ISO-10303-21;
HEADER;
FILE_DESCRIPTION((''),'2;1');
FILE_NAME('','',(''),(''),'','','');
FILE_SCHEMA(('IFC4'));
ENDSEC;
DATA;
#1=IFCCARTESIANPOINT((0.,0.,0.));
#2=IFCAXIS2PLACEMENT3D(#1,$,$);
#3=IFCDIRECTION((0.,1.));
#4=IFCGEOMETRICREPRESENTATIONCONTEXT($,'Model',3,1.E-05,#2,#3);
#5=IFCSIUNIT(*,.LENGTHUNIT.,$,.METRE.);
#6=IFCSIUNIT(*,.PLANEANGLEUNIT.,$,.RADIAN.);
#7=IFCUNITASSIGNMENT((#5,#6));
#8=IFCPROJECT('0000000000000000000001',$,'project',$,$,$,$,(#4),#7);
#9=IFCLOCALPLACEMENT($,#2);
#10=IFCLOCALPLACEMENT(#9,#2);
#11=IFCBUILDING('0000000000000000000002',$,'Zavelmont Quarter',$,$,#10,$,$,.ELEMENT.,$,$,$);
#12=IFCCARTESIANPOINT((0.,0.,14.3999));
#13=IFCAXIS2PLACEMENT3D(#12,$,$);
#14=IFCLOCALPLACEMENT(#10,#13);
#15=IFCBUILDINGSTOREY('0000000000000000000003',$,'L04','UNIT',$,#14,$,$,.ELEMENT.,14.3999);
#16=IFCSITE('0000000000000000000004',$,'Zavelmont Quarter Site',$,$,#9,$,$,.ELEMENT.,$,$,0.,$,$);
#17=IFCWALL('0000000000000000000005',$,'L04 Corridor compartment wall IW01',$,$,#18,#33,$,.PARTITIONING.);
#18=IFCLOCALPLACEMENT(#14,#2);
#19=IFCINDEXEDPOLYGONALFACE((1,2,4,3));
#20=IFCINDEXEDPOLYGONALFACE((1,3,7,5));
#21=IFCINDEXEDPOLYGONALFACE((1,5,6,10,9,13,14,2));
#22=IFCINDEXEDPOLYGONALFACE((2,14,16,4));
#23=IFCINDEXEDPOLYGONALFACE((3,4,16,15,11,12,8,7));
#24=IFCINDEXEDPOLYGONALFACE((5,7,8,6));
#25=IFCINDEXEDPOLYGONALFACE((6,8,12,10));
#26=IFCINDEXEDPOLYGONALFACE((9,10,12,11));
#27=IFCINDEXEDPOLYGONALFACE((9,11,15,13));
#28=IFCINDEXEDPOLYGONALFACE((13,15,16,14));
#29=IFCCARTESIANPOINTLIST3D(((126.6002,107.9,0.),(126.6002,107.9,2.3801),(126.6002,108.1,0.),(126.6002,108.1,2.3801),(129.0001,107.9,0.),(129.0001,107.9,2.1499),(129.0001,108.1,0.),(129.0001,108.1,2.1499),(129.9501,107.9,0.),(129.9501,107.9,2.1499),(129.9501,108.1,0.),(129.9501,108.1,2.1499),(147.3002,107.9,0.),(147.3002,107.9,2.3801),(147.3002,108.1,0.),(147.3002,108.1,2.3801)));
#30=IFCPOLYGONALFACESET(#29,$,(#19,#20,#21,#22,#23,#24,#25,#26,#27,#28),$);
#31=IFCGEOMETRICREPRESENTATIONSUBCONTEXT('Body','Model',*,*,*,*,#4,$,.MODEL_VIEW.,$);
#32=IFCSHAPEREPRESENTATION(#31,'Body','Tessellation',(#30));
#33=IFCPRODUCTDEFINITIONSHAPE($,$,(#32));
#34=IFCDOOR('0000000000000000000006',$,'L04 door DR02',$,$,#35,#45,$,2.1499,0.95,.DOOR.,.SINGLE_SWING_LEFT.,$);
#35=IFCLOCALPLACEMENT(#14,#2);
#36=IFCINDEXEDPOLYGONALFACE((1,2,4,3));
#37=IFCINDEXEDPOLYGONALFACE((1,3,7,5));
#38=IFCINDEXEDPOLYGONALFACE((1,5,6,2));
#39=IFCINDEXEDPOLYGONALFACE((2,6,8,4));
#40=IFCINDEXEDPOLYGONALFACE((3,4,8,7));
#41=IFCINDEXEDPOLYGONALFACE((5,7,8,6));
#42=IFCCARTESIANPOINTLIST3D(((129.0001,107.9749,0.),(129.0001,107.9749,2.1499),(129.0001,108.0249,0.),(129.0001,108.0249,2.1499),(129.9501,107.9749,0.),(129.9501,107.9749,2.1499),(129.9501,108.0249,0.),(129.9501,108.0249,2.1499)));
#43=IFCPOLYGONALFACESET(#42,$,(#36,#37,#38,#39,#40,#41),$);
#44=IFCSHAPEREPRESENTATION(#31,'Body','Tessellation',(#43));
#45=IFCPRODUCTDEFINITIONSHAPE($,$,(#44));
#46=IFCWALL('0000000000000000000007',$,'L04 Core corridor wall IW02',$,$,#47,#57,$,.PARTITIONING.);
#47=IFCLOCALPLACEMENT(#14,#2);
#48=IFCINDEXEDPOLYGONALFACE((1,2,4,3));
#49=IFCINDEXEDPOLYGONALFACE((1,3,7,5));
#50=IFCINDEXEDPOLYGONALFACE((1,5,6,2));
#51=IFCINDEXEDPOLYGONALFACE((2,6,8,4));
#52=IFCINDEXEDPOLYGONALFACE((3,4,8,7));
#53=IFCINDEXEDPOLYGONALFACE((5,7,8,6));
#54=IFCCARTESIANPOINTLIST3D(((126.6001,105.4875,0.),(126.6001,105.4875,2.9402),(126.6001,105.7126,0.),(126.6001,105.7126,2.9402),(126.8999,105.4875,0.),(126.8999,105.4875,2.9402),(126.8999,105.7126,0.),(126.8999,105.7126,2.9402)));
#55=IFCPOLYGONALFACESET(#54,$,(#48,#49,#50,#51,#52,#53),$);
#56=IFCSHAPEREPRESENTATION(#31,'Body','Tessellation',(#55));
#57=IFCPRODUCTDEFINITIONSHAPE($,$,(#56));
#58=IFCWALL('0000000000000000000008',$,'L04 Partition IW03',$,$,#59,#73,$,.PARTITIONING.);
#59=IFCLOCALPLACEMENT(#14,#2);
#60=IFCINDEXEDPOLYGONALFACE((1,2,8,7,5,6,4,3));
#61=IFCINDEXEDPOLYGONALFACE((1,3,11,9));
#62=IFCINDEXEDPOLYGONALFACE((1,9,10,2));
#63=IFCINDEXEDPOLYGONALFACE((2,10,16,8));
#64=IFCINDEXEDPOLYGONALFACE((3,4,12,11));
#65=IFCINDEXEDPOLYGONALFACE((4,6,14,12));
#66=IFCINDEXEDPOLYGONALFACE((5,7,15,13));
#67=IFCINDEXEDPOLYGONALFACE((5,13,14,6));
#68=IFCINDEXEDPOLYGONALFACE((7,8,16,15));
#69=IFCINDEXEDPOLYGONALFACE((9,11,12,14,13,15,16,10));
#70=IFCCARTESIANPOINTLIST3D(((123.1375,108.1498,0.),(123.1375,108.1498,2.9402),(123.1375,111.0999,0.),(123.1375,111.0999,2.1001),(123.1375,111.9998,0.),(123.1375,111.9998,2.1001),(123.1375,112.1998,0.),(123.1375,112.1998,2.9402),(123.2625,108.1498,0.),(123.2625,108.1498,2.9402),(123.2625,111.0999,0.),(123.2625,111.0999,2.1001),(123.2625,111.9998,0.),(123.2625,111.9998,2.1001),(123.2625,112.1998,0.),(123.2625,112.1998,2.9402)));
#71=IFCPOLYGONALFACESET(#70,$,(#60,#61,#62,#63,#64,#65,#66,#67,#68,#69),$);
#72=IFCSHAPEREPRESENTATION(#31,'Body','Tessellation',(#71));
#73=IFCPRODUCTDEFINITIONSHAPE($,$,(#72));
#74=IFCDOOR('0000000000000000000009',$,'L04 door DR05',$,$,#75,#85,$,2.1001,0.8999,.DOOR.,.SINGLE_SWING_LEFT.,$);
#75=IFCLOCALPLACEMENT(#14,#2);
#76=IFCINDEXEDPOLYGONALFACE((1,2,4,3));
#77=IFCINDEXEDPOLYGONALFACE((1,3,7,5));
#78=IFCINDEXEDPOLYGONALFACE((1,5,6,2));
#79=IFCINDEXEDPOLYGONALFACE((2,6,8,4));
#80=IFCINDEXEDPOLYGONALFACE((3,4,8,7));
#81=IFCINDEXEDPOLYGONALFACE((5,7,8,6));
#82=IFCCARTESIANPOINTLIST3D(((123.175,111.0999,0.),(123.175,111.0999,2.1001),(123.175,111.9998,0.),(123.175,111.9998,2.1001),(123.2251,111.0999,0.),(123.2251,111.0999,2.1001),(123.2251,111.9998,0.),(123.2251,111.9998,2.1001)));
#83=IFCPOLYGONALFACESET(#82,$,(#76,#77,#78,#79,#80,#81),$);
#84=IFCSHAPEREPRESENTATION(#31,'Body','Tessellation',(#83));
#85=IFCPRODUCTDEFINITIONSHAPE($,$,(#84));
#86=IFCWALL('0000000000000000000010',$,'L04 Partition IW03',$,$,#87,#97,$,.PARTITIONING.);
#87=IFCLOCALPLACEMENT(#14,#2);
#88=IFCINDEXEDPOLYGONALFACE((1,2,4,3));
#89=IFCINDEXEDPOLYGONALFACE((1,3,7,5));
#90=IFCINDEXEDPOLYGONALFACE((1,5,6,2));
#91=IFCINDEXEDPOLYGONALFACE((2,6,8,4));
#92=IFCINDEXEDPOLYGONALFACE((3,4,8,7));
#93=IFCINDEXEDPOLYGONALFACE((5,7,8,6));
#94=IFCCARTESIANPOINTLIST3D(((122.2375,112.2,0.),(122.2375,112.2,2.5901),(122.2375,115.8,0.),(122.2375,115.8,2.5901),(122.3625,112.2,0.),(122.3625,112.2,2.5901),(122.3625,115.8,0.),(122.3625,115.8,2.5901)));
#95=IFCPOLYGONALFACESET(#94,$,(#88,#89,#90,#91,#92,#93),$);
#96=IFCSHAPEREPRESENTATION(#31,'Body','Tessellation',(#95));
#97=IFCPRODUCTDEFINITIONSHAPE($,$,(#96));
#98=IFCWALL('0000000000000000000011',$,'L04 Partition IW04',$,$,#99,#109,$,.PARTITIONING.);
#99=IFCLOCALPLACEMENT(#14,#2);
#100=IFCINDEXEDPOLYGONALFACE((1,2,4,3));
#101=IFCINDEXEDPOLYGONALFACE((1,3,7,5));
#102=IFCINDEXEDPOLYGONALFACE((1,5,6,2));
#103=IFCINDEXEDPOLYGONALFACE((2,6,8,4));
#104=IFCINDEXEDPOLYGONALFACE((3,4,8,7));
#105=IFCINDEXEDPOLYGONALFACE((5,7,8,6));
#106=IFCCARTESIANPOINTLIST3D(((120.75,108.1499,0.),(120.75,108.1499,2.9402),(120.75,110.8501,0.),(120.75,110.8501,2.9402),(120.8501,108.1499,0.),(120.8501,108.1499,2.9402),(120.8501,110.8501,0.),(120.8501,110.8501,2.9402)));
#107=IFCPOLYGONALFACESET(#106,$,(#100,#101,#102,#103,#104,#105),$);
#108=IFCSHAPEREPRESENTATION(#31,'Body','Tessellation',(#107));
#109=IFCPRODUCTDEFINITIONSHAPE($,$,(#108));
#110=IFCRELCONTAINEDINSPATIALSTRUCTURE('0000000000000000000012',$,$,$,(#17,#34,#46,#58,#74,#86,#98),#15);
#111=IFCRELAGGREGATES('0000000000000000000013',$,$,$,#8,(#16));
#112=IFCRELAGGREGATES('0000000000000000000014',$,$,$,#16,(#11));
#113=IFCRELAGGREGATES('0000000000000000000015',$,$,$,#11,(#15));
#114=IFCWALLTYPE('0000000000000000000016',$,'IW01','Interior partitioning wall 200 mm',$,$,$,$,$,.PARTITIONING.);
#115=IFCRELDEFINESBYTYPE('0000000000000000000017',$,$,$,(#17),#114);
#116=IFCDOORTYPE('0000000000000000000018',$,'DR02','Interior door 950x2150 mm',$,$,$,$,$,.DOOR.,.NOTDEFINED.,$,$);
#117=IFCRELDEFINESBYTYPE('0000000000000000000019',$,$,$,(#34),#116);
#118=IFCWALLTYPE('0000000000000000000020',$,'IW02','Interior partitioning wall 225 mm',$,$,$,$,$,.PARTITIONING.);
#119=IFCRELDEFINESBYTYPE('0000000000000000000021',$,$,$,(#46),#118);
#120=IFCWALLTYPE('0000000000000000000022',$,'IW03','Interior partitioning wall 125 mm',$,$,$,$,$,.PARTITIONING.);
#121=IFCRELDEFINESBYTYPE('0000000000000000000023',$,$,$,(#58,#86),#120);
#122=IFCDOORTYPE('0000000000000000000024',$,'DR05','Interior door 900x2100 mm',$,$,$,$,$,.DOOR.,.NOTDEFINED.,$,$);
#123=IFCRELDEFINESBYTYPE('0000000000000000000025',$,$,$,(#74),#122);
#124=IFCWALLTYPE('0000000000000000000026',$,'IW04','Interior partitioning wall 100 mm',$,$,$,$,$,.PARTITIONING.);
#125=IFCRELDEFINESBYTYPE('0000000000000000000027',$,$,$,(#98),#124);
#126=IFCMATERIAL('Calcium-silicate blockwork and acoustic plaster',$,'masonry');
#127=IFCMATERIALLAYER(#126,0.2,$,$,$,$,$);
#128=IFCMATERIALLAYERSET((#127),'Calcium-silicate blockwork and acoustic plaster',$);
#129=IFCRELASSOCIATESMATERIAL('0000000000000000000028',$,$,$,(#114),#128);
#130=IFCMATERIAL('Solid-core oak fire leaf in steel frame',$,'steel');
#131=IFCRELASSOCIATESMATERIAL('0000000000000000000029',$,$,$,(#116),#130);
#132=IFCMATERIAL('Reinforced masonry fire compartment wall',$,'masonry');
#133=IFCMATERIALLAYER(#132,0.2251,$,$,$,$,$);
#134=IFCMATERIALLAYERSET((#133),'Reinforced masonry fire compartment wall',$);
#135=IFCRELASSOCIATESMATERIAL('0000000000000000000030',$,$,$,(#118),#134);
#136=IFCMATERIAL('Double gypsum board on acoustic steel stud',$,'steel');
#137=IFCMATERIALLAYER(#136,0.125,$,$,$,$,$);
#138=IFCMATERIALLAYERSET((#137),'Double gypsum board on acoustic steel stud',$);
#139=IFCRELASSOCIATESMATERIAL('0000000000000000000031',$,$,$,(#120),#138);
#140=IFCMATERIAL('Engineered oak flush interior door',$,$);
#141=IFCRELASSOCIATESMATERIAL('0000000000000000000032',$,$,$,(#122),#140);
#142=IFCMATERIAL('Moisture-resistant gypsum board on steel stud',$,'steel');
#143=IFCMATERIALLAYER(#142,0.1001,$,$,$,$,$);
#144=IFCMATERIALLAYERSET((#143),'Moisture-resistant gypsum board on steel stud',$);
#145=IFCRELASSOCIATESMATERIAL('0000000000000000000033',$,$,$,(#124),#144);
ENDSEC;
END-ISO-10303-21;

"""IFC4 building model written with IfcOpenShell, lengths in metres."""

from ifc_helpers import new_model, si_unit, direction, frame, frame_2d, origin, origin_with_axes, place, context, subcontext, project, spatial, rectangle, extrude, material, layer, layer_set, type_object, element, fill, save


model = new_model("IFC4")

# Units and contexts
model_context = context("Model", 3, precision=1e-05, world=origin(), true_north=direction((0.0, 1.0)))
body_context = subcontext(model_context, "Body", "Model", "MODEL_VIEW")
ifc_project = project(units=[si_unit("LENGTHUNIT", "METRE"), si_unit("PLANEANGLEUNIT", "RADIAN")], contexts=[model_context])

# Site, building, storey
site_placement = place(None, origin())
site = spatial("IfcSite", under=ifc_project, at=site_placement, Name="Zavelmont Quarter Site", CompositionType="ELEMENT", RefElevation=0.0)
building_placement = place(site_placement, origin())
building = spatial("IfcBuilding", under=site, at=building_placement, Name="Zavelmont Quarter", CompositionType="ELEMENT")
storey_placement = place(building_placement, frame((0.0, 0.0, 14.3999)))
storey = spatial("IfcBuildingStorey", under=building, at=storey_placement, Name="L04", Description="UNIT", CompositionType="ELEMENT", Elevation=14.3999)

# Shared definitions
ifc_material_1 = material(Name="Calcium-silicate blockwork and acoustic plaster", Category="masonry")
ifc_layer_1 = layer(ifc_material_1, 0.2)
ifc_layer_set_1 = layer_set([ifc_layer_1], Name="Calcium-silicate blockwork and acoustic plaster")
wall_type_1 = type_object("IfcWallType", Name="IW01", Description="Interior partitioning wall 200 mm", PredefinedType="PARTITIONING", material=ifc_layer_set_1)

# Wall, opening, door
wall_1_placement = place(storey_placement, frame((126.6001, 108.0, 0.0), z_axis=(0.0, 0.0, 1.0), x_axis=(1.0, 0.0, 0.0)))
wall_1 = element("IfcWall", 1, at=wall_1_placement, inside=storey, type_object=wall_type_1, Name="L04 Corridor compartment wall IW01", PredefinedType="PARTITIONING", context=body_context, shape_type="SweptSolid", body=[
    extrude(rectangle(XDim=20.7, YDim=0.2, at=frame_2d((10.3501, 0.0))), origin(), (0.0, 0.0, 1.0), 2.3801),
])
opening_1_placement = place(wall_1_placement, frame((2.3999, 0.0, 0.0)))
opening_1 = element("IfcOpeningElement", 2, at=opening_1_placement, cuts=wall_1, PredefinedType="OPENING", context=body_context, shape_type="SweptSolid", body=[
    extrude(rectangle(XDim=0.95, YDim=2.1499, at=frame_2d((0.4751, 1.075))), frame((0.0, 0.1118, 0.0), z_axis=(0.0, -1.0, 0.0), x_axis=(1.0, 0.0, 0.0)), (0.0, 0.0, 1.0), 0.2239),
])
ifc_material_2 = material(Name="Solid-core oak fire leaf in steel frame", Category="steel")
door_type_1 = type_object("IfcDoorType", Name="DR02", Description="Interior door 950x2150 mm", OperationType="NOTDEFINED", PredefinedType="DOOR", material=ifc_material_2)
door_1_placement = place(opening_1_placement, origin_with_axes())
door_1 = element("IfcDoor", 3, at=door_1_placement, inside=storey, type_object=door_type_1, Name="L04 door DR02", OperationType="SINGLE_SWING_LEFT", OverallHeight=2.1499, OverallWidth=0.95, PredefinedType="DOOR", context=body_context, shape_type="SweptSolid", body=[
    extrude(rectangle(XDim=0.95, YDim=2.1499, at=frame_2d((0.4751, 1.075))), frame((0.0, 0.0249, 0.0), z_axis=(0.0, -1.0, 0.0), x_axis=(1.0, 0.0, 0.0)), (0.0, 0.0, 1.0), 0.05),
])
fill(opening_1, door_1)

# Wall
ifc_material_3 = material(Name="Reinforced masonry fire compartment wall", Category="masonry")
ifc_layer_2 = layer(ifc_material_3, 0.2251)
ifc_layer_set_2 = layer_set([ifc_layer_2], Name="Reinforced masonry fire compartment wall")
wall_type_2 = type_object("IfcWallType", Name="IW02", Description="Interior partitioning wall 225 mm", PredefinedType="PARTITIONING", material=ifc_layer_set_2)
wall_2_placement = place(storey_placement, frame((126.6001, 105.6001, 0.0), z_axis=(0.0, 0.0, 1.0), x_axis=(1.0, 0.0, 0.0)))
element("IfcWall", 4, at=wall_2_placement, inside=storey, type_object=wall_type_2, Name="L04 Core corridor wall IW02", PredefinedType="PARTITIONING", context=body_context, shape_type="SweptSolid", body=[
    extrude(rectangle(XDim=0.2998, YDim=0.2251, at=frame_2d((0.1499, 0.0))), origin(), (0.0, 0.0, 1.0), 2.9402),
])

# Wall, opening, door
ifc_material_4 = material(Name="Double gypsum board on acoustic steel stud", Category="steel")
ifc_layer_3 = layer(ifc_material_4, 0.125)
ifc_layer_set_3 = layer_set([ifc_layer_3], Name="Double gypsum board on acoustic steel stud")
wall_type_3 = type_object("IfcWallType", Name="IW03", Description="Interior partitioning wall 125 mm", PredefinedType="PARTITIONING", material=ifc_layer_set_3)
wall_3_placement = place(storey_placement, frame((123.2, 108.1499, 0.0), z_axis=(0.0, 0.0, 1.0), x_axis=(0.0, 1.0, 0.0)))
wall_3 = element("IfcWall", 5, at=wall_3_placement, inside=storey, type_object=wall_type_3, Name="L04 Partition IW03", PredefinedType="PARTITIONING", context=body_context, shape_type="SweptSolid", body=[
    extrude(rectangle(XDim=4.05, YDim=0.125, at=frame_2d((2.0249, 0.0))), origin(), (0.0, 0.0, 1.0), 2.9402),
])
opening_2_placement = place(wall_3_placement, frame((2.95, 0.0, 0.0)))
opening_2 = element("IfcOpeningElement", 6, at=opening_2_placement, cuts=wall_3, PredefinedType="OPENING", context=body_context, shape_type="SweptSolid", body=[
    extrude(rectangle(XDim=0.8999, YDim=2.1001, at=frame_2d((0.45, 1.05))), frame((0.0, 0.0745, 0.0), z_axis=(0.0, -1.0, 0.0), x_axis=(1.0, 0.0, 0.0)), (0.0, 0.0, 1.0), 0.1489),
])
ifc_material_5 = material(Name="Engineered oak flush interior door")
door_type_2 = type_object("IfcDoorType", Name="DR05", Description="Interior door 900x2100 mm", OperationType="NOTDEFINED", PredefinedType="DOOR", material=ifc_material_5)
door_2_placement = place(opening_2_placement, origin_with_axes())
door_2 = element("IfcDoor", 7, at=door_2_placement, inside=storey, type_object=door_type_2, Name="L04 door DR05", OperationType="SINGLE_SWING_LEFT", OverallHeight=2.1001, OverallWidth=0.8999, PredefinedType="DOOR", context=body_context, shape_type="SweptSolid", body=[
    extrude(rectangle(XDim=0.8999, YDim=2.1001, at=frame_2d((0.45, 1.05))), frame((0.0, 0.0249, 0.0), z_axis=(0.0, -1.0, 0.0), x_axis=(1.0, 0.0, 0.0)), (0.0, 0.0, 1.0), 0.05),
])
fill(opening_2, door_2)

# Walls
wall_4_placement = place(storey_placement, frame((122.3, 112.2, 0.0), z_axis=(0.0, 0.0, 1.0), x_axis=(0.0, 1.0, 0.0)))
element("IfcWall", 8, at=wall_4_placement, inside=storey, type_object=wall_type_3, Name="L04 Partition IW03", PredefinedType="PARTITIONING", context=body_context, shape_type="SweptSolid", body=[
    extrude(rectangle(XDim=3.6001, YDim=0.125, at=frame_2d((1.8, 0.0))), origin(), (0.0, 0.0, 1.0), 2.5901),
])
ifc_material_6 = material(Name="Moisture-resistant gypsum board on steel stud", Category="steel")
ifc_layer_4 = layer(ifc_material_6, 0.1001)
ifc_layer_set_4 = layer_set([ifc_layer_4], Name="Moisture-resistant gypsum board on steel stud")
wall_type_4 = type_object("IfcWallType", Name="IW04", Description="Interior partitioning wall 100 mm", PredefinedType="PARTITIONING", material=ifc_layer_set_4)
wall_5_placement = place(storey_placement, frame((120.8, 108.1499, 0.0), z_axis=(0.0, 0.0, 1.0), x_axis=(0.0, 1.0, 0.0)))
element("IfcWall", 9, at=wall_5_placement, inside=storey, type_object=wall_type_4, Name="L04 Partition IW04", PredefinedType="PARTITIONING", context=body_context, shape_type="SweptSolid", body=[
    extrude(rectangle(XDim=2.7002, YDim=0.1001, at=frame_2d((1.3501, 0.0))), origin(), (0.0, 0.0, 1.0), 2.9402),
])

save(model, "model.ifc")
